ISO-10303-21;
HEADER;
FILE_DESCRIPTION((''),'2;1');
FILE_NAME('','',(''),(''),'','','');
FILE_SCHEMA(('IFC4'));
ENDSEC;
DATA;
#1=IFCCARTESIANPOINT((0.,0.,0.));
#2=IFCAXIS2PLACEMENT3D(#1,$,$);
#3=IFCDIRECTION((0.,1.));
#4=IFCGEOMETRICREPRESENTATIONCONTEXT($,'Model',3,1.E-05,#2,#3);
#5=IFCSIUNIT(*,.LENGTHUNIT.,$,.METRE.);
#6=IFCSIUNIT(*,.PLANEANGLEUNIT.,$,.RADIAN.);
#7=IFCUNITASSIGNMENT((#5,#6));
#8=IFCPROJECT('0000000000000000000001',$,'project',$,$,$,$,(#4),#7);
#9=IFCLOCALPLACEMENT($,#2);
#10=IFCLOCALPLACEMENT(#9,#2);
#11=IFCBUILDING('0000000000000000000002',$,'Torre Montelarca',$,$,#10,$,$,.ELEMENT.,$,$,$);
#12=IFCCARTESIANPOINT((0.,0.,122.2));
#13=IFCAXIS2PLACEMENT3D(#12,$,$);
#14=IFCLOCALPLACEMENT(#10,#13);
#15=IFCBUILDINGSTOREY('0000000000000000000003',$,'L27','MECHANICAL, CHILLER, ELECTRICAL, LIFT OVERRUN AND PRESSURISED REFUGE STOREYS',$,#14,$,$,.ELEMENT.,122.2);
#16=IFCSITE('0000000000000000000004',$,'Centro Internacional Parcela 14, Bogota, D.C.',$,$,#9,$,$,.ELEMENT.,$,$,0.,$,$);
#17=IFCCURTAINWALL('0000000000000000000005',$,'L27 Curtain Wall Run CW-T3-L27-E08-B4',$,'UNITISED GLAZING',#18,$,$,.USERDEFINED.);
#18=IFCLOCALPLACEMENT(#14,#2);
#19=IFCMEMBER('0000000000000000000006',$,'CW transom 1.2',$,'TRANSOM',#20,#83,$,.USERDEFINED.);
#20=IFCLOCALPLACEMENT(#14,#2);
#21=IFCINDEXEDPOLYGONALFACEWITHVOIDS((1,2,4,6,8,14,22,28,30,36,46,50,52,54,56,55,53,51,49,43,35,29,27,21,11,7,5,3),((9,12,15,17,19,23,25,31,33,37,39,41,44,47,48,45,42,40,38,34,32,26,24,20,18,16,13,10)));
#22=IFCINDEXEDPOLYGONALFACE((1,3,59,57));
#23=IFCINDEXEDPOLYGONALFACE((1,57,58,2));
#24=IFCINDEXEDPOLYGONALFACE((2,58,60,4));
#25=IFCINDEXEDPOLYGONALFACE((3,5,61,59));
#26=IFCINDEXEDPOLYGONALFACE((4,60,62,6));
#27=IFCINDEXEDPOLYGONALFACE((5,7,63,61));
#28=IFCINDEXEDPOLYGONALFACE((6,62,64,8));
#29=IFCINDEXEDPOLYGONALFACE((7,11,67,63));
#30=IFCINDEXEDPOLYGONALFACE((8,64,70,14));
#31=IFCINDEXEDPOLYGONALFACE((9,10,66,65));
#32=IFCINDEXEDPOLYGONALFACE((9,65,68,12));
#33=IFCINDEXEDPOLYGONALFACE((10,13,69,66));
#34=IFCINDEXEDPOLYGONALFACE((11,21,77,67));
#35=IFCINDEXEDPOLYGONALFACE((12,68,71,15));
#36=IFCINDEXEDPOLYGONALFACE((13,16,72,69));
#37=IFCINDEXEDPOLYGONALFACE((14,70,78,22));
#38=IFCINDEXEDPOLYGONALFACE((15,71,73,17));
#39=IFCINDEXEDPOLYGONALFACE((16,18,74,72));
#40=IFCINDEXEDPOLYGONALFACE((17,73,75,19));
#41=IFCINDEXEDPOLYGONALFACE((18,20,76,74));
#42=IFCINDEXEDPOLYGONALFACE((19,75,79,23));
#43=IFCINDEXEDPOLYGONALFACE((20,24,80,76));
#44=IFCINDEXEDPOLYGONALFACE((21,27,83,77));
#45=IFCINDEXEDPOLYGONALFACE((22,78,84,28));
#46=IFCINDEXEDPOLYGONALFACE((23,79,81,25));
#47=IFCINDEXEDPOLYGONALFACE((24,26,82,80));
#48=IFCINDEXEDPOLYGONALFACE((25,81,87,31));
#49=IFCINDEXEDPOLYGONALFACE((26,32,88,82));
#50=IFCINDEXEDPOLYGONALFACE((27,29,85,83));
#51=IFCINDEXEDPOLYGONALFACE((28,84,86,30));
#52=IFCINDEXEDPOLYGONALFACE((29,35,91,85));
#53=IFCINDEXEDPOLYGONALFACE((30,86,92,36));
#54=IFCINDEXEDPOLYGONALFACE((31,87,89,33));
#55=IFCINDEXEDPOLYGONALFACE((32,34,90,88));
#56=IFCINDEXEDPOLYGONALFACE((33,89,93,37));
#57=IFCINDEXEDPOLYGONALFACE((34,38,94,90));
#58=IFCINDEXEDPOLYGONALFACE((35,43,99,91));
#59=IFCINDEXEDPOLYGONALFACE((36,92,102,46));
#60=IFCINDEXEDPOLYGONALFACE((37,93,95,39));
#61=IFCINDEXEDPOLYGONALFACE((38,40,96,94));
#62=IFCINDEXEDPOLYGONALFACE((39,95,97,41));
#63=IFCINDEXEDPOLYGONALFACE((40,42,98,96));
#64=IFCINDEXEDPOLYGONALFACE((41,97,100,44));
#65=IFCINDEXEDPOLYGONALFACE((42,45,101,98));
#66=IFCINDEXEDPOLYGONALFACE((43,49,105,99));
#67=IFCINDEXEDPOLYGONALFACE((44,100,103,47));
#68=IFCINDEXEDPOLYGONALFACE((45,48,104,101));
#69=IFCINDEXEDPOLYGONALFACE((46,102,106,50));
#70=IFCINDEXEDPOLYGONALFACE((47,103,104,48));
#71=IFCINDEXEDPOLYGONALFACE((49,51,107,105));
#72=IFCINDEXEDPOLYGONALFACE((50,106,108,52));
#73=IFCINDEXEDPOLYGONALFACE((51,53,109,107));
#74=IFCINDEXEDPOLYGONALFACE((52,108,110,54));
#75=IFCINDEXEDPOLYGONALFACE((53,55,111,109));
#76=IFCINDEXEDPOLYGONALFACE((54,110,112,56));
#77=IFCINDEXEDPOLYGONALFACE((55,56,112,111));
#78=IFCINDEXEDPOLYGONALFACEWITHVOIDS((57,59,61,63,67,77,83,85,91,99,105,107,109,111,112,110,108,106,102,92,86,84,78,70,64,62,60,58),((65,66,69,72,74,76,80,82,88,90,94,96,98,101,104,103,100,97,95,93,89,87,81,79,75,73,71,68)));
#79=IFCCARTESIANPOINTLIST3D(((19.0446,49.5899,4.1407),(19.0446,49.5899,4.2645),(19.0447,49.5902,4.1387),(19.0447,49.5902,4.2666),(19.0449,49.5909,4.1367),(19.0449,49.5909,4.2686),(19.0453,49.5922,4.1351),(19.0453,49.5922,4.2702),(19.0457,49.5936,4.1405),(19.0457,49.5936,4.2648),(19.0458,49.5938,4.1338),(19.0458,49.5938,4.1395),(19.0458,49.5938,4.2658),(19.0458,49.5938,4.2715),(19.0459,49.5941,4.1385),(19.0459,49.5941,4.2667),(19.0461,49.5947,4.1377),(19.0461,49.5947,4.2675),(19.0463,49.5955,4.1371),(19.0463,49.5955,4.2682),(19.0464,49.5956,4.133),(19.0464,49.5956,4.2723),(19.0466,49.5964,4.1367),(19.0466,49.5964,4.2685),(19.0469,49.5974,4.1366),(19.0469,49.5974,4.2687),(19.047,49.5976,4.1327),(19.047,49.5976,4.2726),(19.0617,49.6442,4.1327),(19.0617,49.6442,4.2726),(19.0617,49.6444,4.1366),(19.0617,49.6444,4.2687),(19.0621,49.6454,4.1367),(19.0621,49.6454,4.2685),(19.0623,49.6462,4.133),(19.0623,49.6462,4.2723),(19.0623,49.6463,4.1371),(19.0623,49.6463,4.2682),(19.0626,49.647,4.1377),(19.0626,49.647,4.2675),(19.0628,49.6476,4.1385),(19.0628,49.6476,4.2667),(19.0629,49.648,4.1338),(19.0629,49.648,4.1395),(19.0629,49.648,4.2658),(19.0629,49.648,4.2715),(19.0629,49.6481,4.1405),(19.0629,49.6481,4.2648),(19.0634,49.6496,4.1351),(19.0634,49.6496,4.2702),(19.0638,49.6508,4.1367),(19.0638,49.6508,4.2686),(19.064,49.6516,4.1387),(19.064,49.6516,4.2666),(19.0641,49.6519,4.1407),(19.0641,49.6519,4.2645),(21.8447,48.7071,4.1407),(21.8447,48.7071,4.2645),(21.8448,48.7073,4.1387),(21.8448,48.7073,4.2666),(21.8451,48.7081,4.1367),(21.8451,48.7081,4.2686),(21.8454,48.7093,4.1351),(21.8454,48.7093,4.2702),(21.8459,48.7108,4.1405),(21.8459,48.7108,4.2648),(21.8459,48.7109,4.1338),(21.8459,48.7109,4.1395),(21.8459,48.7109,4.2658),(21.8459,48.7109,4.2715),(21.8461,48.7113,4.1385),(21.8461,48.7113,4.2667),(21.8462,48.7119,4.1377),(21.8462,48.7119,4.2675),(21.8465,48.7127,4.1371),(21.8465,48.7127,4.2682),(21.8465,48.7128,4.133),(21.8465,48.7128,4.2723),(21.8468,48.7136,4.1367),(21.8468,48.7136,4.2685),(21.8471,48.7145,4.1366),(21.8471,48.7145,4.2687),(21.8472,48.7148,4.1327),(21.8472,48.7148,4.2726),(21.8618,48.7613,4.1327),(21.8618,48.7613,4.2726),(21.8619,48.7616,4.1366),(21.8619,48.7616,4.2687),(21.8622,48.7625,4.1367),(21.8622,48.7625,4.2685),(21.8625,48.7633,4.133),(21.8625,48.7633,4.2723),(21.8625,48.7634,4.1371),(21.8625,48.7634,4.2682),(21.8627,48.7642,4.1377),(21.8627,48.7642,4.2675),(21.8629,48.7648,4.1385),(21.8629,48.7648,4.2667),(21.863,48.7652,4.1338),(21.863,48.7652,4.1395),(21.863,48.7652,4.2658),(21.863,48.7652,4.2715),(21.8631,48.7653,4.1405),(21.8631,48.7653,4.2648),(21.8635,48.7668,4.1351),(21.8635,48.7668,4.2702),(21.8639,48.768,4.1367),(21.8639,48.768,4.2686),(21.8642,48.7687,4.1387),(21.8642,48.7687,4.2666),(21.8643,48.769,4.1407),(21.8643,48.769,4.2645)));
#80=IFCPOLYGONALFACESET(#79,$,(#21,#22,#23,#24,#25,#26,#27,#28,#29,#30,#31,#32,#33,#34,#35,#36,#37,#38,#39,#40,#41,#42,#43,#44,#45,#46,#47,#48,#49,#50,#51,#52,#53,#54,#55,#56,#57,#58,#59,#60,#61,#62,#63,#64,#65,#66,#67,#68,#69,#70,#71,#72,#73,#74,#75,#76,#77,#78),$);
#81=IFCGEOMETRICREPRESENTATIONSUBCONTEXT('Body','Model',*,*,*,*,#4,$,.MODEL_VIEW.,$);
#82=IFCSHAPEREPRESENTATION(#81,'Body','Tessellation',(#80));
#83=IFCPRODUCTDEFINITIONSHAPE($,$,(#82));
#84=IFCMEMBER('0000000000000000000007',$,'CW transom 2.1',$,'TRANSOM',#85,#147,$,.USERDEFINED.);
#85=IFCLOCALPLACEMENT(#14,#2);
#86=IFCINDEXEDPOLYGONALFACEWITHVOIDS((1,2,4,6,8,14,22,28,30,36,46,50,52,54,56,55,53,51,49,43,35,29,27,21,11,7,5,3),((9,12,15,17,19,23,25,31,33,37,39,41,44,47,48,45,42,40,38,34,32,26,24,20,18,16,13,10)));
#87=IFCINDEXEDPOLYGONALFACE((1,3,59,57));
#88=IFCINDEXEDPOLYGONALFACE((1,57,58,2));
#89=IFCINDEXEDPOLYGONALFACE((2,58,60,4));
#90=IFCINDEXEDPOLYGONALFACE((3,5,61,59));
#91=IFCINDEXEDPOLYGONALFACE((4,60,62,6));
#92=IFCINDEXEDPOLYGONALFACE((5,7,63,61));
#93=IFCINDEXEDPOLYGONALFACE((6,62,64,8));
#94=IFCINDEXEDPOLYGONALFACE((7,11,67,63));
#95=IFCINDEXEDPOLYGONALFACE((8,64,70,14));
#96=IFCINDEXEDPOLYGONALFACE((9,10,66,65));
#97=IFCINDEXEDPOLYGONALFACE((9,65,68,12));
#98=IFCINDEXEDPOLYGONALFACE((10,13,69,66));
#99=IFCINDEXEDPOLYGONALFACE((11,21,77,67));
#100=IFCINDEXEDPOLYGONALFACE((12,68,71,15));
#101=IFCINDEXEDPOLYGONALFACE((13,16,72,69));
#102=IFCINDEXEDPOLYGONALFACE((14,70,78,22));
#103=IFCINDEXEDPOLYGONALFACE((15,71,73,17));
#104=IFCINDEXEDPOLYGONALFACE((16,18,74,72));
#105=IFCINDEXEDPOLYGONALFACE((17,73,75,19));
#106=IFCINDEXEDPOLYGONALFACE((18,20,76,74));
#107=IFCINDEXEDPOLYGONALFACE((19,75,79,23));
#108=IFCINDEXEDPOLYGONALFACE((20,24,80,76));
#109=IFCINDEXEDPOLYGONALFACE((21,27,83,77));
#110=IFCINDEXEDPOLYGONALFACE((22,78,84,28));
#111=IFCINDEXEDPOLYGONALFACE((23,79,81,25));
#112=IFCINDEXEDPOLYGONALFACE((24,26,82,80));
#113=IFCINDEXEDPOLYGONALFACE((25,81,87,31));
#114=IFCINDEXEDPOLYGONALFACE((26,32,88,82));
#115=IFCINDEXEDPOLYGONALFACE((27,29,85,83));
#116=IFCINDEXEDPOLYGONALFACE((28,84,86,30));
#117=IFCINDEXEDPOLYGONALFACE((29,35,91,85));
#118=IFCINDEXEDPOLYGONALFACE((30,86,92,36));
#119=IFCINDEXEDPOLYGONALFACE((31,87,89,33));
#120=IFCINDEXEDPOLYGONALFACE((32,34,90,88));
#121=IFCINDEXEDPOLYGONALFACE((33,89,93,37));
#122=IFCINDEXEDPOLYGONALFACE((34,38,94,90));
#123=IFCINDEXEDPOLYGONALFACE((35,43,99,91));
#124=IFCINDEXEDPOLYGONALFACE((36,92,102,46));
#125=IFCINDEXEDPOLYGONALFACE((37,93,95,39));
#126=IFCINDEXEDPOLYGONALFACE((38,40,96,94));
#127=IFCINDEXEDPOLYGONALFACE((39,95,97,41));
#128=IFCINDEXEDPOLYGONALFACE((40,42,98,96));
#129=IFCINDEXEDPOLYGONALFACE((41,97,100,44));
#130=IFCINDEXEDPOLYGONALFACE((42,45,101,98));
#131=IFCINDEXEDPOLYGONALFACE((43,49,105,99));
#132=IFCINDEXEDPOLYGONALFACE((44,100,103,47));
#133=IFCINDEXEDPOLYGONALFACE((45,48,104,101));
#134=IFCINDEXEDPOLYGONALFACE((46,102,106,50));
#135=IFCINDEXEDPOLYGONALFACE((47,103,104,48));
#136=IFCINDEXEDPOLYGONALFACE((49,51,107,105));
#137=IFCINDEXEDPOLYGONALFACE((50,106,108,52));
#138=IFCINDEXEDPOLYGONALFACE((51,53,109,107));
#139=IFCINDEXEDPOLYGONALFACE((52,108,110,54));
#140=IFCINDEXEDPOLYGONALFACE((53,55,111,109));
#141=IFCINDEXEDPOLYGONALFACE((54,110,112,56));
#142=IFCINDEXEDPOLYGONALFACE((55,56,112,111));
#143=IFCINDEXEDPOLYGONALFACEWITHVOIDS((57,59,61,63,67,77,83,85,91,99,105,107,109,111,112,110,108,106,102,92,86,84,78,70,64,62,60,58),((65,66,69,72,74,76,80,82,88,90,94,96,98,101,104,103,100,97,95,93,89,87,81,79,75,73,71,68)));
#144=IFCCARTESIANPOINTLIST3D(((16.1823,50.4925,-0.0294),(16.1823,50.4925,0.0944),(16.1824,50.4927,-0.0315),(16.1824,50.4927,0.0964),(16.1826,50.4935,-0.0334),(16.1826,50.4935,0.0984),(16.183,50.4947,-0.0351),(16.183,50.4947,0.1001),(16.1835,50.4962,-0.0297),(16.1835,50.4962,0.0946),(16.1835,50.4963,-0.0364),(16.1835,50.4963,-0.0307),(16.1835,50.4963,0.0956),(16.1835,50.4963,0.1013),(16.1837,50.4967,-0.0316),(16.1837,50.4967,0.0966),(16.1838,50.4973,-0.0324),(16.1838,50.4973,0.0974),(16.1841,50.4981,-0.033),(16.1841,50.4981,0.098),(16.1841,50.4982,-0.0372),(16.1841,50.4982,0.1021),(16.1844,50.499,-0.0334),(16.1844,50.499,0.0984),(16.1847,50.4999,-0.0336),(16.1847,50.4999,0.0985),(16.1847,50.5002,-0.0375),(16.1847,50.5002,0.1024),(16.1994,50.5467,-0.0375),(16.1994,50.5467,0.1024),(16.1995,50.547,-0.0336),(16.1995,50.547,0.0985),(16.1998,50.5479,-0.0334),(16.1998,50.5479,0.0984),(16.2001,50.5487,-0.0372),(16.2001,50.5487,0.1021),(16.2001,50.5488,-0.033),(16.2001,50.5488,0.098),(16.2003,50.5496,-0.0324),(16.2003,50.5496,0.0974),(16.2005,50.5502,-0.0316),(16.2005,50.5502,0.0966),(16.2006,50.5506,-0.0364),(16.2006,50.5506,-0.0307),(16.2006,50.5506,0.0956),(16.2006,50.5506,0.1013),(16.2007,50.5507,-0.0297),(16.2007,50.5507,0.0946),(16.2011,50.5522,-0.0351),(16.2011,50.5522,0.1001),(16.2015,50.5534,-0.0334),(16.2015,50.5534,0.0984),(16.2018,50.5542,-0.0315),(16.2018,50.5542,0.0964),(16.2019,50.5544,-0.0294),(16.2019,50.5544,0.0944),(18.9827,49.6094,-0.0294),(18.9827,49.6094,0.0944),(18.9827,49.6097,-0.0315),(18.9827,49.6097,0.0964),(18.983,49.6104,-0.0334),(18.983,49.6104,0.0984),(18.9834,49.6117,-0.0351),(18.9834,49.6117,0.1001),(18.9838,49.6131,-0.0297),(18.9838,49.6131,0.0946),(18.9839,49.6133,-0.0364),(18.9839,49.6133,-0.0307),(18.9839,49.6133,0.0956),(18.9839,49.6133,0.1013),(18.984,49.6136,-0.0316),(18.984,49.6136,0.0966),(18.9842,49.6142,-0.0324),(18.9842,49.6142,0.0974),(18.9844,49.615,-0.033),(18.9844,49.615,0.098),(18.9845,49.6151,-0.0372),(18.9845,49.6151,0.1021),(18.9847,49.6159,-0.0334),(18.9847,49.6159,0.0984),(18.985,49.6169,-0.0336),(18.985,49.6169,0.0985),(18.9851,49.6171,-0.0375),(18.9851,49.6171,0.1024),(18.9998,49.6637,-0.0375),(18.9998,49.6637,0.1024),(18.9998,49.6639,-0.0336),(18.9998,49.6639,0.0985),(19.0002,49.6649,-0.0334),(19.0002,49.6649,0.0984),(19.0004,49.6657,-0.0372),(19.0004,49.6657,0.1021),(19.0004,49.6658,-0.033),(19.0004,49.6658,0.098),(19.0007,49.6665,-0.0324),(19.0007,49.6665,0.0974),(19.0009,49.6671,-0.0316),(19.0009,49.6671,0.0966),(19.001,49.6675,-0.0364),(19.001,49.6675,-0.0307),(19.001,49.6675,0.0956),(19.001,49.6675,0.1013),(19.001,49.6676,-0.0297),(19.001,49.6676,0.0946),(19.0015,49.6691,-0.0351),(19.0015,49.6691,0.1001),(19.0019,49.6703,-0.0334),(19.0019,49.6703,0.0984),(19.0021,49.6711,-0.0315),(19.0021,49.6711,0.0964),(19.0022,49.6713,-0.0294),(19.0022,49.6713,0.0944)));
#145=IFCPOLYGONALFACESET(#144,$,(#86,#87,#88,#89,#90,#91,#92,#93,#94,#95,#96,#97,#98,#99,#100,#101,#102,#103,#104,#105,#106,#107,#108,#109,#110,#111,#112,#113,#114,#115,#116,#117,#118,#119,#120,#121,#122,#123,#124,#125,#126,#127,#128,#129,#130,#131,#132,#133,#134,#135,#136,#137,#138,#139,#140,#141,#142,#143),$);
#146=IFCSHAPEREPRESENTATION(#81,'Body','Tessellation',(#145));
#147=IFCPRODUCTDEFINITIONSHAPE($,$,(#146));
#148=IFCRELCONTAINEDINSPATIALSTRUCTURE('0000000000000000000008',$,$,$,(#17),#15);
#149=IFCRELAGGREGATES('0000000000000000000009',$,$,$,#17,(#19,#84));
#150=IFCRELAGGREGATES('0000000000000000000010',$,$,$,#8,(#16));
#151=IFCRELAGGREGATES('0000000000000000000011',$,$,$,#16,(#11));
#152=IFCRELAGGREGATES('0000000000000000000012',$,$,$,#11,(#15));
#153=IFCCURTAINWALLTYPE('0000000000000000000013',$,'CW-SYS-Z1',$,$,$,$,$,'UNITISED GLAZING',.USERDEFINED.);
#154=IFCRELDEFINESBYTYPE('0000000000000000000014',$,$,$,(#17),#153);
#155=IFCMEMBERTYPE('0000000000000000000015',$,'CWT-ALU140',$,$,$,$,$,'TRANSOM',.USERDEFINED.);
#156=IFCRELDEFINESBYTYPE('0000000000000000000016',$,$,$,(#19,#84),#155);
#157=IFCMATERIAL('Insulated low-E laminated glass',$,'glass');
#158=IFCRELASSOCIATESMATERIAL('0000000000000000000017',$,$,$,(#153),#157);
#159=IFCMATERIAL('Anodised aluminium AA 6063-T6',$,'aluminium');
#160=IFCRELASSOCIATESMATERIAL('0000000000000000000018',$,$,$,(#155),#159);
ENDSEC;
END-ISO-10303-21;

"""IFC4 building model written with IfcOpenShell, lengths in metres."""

from ifc_helpers import new_model, si_unit, direction, frame, origin, origin_2d, place, context, subcontext, project, spatial, hollow_rectangle, extrude, source, transform, mapped, material, material_profile, profile_set, type_object, element, aggregate, save


model = new_model("IFC4")

# Units and contexts
model_context = context("Model", 3, precision=1e-05, world=origin(), true_north=direction((0.0, 1.0)))
body_context = subcontext(model_context, "Body", "Model", "MODEL_VIEW")
ifc_project = project(units=[si_unit("LENGTHUNIT", "METRE"), si_unit("PLANEANGLEUNIT", "RADIAN")], contexts=[model_context])

# Site, building, storey
site_placement = place(None, origin())
site = spatial("IfcSite", under=ifc_project, at=site_placement, Name="Centro Internacional Parcela 14, Bogota, D.C.", CompositionType="ELEMENT", RefElevation=0.0)
building_placement = place(site_placement, origin())
building = spatial("IfcBuilding", under=site, at=building_placement, Name="Torre Montelarca", CompositionType="ELEMENT")
storey_placement = place(building_placement, frame((0.0, 0.0, 122.2)))
storey = spatial("IfcBuildingStorey", under=building, at=storey_placement, Name="L27", Description="MECHANICAL, CHILLER, ELECTRICAL, LIFT OVERRUN AND PRESSURISED REFUGE STOREYS", CompositionType="ELEMENT", Elevation=122.2)

# Shared definitions
ifc_material_1 = material(Name="Insulated low-E laminated glass", Category="glass")
curtain_wall_type = type_object("IfcCurtainWallType", Name="CW-SYS-Z1", ElementType="UNITISED GLAZING", PredefinedType="USERDEFINED", material=ifc_material_1)
ifc_material_2 = material(Name="Anodised aluminium AA 6063-T6", Category="aluminium")
ifc_material_profile_1 = material_profile(ifc_material_2, hollow_rectangle(XDim=0.0649, YDim=0.1399, WallThickness=0.0039, InnerFilletRadius=0.0039, OuterFilletRadius=0.0081, at=origin_2d()), Name="ALU65X140X4", Category="aluminium")
ifc_profile_set_1 = profile_set([ifc_material_profile_1], Name="Anodised aluminium AA 6063-T6")
member_type_1 = type_object("IfcMemberType", Name="CWT-ALU140", ElementType="TRANSOM", PredefinedType="USERDEFINED", material=ifc_profile_set_1)

# Curtain wall, members
curtain_wall_1_placement = place(storey_placement, origin())
curtain_wall_1 = element("IfcCurtainWall", 1, at=curtain_wall_1_placement, inside=storey, type_object=curtain_wall_type, Name="L27 Curtain Wall Run CW-T3-L27-E08-B4", ObjectType="UNITISED GLAZING", PredefinedType="USERDEFINED")
shared_shape_1 = source(origin(), body_context, "Body", "SweptSolid", [
    extrude(hollow_rectangle(XDim=0.0649, YDim=0.1399, WallThickness=0.0039, InnerFilletRadius=0.0039, OuterFilletRadius=0.0081, at=origin_2d()), origin(), (0.0, 0.0, 1.0), 2.936),
])
member_1_placement = place(storey_placement, frame((21.8545, 48.738, 4.2026), z_axis=(-0.953721, 0.300694, 0.0), x_axis=(-0.300694, -0.953721, 0.0)))
member_1 = element("IfcMember", 2, at=member_1_placement, type_object=member_type_1, Name="CW transom 1.2", ObjectType="TRANSOM", PredefinedType="USERDEFINED", context=body_context, shape_type="MappedRepresentation", body=[
    mapped(shared_shape_1, transform((0.0, 0.0, 0.0), scale=1.0)),
])
shared_shape_2 = source(origin(), body_context, "Body", "SweptSolid", [
    extrude(hollow_rectangle(XDim=0.0649, YDim=0.1399, WallThickness=0.0039, InnerFilletRadius=0.0039, OuterFilletRadius=0.0081, at=origin_2d()), origin(), (0.0, 0.0, 1.0), 2.9363),
])
member_2_placement = place(storey_placement, frame((18.9924, 49.6404, 0.0325), z_axis=(-0.953704, 0.300745, 0.0), x_axis=(-0.300745, -0.953704, 0.0)))
member_2 = element("IfcMember", 3, at=member_2_placement, type_object=member_type_1, Name="CW transom 2.1", ObjectType="TRANSOM", PredefinedType="USERDEFINED", context=body_context, shape_type="MappedRepresentation", body=[
    mapped(shared_shape_2, transform((0.0, 0.0, 0.0), scale=1.0)),
])

aggregate(curtain_wall_1, [member_1, member_2])

save(model, "model.ifc")
